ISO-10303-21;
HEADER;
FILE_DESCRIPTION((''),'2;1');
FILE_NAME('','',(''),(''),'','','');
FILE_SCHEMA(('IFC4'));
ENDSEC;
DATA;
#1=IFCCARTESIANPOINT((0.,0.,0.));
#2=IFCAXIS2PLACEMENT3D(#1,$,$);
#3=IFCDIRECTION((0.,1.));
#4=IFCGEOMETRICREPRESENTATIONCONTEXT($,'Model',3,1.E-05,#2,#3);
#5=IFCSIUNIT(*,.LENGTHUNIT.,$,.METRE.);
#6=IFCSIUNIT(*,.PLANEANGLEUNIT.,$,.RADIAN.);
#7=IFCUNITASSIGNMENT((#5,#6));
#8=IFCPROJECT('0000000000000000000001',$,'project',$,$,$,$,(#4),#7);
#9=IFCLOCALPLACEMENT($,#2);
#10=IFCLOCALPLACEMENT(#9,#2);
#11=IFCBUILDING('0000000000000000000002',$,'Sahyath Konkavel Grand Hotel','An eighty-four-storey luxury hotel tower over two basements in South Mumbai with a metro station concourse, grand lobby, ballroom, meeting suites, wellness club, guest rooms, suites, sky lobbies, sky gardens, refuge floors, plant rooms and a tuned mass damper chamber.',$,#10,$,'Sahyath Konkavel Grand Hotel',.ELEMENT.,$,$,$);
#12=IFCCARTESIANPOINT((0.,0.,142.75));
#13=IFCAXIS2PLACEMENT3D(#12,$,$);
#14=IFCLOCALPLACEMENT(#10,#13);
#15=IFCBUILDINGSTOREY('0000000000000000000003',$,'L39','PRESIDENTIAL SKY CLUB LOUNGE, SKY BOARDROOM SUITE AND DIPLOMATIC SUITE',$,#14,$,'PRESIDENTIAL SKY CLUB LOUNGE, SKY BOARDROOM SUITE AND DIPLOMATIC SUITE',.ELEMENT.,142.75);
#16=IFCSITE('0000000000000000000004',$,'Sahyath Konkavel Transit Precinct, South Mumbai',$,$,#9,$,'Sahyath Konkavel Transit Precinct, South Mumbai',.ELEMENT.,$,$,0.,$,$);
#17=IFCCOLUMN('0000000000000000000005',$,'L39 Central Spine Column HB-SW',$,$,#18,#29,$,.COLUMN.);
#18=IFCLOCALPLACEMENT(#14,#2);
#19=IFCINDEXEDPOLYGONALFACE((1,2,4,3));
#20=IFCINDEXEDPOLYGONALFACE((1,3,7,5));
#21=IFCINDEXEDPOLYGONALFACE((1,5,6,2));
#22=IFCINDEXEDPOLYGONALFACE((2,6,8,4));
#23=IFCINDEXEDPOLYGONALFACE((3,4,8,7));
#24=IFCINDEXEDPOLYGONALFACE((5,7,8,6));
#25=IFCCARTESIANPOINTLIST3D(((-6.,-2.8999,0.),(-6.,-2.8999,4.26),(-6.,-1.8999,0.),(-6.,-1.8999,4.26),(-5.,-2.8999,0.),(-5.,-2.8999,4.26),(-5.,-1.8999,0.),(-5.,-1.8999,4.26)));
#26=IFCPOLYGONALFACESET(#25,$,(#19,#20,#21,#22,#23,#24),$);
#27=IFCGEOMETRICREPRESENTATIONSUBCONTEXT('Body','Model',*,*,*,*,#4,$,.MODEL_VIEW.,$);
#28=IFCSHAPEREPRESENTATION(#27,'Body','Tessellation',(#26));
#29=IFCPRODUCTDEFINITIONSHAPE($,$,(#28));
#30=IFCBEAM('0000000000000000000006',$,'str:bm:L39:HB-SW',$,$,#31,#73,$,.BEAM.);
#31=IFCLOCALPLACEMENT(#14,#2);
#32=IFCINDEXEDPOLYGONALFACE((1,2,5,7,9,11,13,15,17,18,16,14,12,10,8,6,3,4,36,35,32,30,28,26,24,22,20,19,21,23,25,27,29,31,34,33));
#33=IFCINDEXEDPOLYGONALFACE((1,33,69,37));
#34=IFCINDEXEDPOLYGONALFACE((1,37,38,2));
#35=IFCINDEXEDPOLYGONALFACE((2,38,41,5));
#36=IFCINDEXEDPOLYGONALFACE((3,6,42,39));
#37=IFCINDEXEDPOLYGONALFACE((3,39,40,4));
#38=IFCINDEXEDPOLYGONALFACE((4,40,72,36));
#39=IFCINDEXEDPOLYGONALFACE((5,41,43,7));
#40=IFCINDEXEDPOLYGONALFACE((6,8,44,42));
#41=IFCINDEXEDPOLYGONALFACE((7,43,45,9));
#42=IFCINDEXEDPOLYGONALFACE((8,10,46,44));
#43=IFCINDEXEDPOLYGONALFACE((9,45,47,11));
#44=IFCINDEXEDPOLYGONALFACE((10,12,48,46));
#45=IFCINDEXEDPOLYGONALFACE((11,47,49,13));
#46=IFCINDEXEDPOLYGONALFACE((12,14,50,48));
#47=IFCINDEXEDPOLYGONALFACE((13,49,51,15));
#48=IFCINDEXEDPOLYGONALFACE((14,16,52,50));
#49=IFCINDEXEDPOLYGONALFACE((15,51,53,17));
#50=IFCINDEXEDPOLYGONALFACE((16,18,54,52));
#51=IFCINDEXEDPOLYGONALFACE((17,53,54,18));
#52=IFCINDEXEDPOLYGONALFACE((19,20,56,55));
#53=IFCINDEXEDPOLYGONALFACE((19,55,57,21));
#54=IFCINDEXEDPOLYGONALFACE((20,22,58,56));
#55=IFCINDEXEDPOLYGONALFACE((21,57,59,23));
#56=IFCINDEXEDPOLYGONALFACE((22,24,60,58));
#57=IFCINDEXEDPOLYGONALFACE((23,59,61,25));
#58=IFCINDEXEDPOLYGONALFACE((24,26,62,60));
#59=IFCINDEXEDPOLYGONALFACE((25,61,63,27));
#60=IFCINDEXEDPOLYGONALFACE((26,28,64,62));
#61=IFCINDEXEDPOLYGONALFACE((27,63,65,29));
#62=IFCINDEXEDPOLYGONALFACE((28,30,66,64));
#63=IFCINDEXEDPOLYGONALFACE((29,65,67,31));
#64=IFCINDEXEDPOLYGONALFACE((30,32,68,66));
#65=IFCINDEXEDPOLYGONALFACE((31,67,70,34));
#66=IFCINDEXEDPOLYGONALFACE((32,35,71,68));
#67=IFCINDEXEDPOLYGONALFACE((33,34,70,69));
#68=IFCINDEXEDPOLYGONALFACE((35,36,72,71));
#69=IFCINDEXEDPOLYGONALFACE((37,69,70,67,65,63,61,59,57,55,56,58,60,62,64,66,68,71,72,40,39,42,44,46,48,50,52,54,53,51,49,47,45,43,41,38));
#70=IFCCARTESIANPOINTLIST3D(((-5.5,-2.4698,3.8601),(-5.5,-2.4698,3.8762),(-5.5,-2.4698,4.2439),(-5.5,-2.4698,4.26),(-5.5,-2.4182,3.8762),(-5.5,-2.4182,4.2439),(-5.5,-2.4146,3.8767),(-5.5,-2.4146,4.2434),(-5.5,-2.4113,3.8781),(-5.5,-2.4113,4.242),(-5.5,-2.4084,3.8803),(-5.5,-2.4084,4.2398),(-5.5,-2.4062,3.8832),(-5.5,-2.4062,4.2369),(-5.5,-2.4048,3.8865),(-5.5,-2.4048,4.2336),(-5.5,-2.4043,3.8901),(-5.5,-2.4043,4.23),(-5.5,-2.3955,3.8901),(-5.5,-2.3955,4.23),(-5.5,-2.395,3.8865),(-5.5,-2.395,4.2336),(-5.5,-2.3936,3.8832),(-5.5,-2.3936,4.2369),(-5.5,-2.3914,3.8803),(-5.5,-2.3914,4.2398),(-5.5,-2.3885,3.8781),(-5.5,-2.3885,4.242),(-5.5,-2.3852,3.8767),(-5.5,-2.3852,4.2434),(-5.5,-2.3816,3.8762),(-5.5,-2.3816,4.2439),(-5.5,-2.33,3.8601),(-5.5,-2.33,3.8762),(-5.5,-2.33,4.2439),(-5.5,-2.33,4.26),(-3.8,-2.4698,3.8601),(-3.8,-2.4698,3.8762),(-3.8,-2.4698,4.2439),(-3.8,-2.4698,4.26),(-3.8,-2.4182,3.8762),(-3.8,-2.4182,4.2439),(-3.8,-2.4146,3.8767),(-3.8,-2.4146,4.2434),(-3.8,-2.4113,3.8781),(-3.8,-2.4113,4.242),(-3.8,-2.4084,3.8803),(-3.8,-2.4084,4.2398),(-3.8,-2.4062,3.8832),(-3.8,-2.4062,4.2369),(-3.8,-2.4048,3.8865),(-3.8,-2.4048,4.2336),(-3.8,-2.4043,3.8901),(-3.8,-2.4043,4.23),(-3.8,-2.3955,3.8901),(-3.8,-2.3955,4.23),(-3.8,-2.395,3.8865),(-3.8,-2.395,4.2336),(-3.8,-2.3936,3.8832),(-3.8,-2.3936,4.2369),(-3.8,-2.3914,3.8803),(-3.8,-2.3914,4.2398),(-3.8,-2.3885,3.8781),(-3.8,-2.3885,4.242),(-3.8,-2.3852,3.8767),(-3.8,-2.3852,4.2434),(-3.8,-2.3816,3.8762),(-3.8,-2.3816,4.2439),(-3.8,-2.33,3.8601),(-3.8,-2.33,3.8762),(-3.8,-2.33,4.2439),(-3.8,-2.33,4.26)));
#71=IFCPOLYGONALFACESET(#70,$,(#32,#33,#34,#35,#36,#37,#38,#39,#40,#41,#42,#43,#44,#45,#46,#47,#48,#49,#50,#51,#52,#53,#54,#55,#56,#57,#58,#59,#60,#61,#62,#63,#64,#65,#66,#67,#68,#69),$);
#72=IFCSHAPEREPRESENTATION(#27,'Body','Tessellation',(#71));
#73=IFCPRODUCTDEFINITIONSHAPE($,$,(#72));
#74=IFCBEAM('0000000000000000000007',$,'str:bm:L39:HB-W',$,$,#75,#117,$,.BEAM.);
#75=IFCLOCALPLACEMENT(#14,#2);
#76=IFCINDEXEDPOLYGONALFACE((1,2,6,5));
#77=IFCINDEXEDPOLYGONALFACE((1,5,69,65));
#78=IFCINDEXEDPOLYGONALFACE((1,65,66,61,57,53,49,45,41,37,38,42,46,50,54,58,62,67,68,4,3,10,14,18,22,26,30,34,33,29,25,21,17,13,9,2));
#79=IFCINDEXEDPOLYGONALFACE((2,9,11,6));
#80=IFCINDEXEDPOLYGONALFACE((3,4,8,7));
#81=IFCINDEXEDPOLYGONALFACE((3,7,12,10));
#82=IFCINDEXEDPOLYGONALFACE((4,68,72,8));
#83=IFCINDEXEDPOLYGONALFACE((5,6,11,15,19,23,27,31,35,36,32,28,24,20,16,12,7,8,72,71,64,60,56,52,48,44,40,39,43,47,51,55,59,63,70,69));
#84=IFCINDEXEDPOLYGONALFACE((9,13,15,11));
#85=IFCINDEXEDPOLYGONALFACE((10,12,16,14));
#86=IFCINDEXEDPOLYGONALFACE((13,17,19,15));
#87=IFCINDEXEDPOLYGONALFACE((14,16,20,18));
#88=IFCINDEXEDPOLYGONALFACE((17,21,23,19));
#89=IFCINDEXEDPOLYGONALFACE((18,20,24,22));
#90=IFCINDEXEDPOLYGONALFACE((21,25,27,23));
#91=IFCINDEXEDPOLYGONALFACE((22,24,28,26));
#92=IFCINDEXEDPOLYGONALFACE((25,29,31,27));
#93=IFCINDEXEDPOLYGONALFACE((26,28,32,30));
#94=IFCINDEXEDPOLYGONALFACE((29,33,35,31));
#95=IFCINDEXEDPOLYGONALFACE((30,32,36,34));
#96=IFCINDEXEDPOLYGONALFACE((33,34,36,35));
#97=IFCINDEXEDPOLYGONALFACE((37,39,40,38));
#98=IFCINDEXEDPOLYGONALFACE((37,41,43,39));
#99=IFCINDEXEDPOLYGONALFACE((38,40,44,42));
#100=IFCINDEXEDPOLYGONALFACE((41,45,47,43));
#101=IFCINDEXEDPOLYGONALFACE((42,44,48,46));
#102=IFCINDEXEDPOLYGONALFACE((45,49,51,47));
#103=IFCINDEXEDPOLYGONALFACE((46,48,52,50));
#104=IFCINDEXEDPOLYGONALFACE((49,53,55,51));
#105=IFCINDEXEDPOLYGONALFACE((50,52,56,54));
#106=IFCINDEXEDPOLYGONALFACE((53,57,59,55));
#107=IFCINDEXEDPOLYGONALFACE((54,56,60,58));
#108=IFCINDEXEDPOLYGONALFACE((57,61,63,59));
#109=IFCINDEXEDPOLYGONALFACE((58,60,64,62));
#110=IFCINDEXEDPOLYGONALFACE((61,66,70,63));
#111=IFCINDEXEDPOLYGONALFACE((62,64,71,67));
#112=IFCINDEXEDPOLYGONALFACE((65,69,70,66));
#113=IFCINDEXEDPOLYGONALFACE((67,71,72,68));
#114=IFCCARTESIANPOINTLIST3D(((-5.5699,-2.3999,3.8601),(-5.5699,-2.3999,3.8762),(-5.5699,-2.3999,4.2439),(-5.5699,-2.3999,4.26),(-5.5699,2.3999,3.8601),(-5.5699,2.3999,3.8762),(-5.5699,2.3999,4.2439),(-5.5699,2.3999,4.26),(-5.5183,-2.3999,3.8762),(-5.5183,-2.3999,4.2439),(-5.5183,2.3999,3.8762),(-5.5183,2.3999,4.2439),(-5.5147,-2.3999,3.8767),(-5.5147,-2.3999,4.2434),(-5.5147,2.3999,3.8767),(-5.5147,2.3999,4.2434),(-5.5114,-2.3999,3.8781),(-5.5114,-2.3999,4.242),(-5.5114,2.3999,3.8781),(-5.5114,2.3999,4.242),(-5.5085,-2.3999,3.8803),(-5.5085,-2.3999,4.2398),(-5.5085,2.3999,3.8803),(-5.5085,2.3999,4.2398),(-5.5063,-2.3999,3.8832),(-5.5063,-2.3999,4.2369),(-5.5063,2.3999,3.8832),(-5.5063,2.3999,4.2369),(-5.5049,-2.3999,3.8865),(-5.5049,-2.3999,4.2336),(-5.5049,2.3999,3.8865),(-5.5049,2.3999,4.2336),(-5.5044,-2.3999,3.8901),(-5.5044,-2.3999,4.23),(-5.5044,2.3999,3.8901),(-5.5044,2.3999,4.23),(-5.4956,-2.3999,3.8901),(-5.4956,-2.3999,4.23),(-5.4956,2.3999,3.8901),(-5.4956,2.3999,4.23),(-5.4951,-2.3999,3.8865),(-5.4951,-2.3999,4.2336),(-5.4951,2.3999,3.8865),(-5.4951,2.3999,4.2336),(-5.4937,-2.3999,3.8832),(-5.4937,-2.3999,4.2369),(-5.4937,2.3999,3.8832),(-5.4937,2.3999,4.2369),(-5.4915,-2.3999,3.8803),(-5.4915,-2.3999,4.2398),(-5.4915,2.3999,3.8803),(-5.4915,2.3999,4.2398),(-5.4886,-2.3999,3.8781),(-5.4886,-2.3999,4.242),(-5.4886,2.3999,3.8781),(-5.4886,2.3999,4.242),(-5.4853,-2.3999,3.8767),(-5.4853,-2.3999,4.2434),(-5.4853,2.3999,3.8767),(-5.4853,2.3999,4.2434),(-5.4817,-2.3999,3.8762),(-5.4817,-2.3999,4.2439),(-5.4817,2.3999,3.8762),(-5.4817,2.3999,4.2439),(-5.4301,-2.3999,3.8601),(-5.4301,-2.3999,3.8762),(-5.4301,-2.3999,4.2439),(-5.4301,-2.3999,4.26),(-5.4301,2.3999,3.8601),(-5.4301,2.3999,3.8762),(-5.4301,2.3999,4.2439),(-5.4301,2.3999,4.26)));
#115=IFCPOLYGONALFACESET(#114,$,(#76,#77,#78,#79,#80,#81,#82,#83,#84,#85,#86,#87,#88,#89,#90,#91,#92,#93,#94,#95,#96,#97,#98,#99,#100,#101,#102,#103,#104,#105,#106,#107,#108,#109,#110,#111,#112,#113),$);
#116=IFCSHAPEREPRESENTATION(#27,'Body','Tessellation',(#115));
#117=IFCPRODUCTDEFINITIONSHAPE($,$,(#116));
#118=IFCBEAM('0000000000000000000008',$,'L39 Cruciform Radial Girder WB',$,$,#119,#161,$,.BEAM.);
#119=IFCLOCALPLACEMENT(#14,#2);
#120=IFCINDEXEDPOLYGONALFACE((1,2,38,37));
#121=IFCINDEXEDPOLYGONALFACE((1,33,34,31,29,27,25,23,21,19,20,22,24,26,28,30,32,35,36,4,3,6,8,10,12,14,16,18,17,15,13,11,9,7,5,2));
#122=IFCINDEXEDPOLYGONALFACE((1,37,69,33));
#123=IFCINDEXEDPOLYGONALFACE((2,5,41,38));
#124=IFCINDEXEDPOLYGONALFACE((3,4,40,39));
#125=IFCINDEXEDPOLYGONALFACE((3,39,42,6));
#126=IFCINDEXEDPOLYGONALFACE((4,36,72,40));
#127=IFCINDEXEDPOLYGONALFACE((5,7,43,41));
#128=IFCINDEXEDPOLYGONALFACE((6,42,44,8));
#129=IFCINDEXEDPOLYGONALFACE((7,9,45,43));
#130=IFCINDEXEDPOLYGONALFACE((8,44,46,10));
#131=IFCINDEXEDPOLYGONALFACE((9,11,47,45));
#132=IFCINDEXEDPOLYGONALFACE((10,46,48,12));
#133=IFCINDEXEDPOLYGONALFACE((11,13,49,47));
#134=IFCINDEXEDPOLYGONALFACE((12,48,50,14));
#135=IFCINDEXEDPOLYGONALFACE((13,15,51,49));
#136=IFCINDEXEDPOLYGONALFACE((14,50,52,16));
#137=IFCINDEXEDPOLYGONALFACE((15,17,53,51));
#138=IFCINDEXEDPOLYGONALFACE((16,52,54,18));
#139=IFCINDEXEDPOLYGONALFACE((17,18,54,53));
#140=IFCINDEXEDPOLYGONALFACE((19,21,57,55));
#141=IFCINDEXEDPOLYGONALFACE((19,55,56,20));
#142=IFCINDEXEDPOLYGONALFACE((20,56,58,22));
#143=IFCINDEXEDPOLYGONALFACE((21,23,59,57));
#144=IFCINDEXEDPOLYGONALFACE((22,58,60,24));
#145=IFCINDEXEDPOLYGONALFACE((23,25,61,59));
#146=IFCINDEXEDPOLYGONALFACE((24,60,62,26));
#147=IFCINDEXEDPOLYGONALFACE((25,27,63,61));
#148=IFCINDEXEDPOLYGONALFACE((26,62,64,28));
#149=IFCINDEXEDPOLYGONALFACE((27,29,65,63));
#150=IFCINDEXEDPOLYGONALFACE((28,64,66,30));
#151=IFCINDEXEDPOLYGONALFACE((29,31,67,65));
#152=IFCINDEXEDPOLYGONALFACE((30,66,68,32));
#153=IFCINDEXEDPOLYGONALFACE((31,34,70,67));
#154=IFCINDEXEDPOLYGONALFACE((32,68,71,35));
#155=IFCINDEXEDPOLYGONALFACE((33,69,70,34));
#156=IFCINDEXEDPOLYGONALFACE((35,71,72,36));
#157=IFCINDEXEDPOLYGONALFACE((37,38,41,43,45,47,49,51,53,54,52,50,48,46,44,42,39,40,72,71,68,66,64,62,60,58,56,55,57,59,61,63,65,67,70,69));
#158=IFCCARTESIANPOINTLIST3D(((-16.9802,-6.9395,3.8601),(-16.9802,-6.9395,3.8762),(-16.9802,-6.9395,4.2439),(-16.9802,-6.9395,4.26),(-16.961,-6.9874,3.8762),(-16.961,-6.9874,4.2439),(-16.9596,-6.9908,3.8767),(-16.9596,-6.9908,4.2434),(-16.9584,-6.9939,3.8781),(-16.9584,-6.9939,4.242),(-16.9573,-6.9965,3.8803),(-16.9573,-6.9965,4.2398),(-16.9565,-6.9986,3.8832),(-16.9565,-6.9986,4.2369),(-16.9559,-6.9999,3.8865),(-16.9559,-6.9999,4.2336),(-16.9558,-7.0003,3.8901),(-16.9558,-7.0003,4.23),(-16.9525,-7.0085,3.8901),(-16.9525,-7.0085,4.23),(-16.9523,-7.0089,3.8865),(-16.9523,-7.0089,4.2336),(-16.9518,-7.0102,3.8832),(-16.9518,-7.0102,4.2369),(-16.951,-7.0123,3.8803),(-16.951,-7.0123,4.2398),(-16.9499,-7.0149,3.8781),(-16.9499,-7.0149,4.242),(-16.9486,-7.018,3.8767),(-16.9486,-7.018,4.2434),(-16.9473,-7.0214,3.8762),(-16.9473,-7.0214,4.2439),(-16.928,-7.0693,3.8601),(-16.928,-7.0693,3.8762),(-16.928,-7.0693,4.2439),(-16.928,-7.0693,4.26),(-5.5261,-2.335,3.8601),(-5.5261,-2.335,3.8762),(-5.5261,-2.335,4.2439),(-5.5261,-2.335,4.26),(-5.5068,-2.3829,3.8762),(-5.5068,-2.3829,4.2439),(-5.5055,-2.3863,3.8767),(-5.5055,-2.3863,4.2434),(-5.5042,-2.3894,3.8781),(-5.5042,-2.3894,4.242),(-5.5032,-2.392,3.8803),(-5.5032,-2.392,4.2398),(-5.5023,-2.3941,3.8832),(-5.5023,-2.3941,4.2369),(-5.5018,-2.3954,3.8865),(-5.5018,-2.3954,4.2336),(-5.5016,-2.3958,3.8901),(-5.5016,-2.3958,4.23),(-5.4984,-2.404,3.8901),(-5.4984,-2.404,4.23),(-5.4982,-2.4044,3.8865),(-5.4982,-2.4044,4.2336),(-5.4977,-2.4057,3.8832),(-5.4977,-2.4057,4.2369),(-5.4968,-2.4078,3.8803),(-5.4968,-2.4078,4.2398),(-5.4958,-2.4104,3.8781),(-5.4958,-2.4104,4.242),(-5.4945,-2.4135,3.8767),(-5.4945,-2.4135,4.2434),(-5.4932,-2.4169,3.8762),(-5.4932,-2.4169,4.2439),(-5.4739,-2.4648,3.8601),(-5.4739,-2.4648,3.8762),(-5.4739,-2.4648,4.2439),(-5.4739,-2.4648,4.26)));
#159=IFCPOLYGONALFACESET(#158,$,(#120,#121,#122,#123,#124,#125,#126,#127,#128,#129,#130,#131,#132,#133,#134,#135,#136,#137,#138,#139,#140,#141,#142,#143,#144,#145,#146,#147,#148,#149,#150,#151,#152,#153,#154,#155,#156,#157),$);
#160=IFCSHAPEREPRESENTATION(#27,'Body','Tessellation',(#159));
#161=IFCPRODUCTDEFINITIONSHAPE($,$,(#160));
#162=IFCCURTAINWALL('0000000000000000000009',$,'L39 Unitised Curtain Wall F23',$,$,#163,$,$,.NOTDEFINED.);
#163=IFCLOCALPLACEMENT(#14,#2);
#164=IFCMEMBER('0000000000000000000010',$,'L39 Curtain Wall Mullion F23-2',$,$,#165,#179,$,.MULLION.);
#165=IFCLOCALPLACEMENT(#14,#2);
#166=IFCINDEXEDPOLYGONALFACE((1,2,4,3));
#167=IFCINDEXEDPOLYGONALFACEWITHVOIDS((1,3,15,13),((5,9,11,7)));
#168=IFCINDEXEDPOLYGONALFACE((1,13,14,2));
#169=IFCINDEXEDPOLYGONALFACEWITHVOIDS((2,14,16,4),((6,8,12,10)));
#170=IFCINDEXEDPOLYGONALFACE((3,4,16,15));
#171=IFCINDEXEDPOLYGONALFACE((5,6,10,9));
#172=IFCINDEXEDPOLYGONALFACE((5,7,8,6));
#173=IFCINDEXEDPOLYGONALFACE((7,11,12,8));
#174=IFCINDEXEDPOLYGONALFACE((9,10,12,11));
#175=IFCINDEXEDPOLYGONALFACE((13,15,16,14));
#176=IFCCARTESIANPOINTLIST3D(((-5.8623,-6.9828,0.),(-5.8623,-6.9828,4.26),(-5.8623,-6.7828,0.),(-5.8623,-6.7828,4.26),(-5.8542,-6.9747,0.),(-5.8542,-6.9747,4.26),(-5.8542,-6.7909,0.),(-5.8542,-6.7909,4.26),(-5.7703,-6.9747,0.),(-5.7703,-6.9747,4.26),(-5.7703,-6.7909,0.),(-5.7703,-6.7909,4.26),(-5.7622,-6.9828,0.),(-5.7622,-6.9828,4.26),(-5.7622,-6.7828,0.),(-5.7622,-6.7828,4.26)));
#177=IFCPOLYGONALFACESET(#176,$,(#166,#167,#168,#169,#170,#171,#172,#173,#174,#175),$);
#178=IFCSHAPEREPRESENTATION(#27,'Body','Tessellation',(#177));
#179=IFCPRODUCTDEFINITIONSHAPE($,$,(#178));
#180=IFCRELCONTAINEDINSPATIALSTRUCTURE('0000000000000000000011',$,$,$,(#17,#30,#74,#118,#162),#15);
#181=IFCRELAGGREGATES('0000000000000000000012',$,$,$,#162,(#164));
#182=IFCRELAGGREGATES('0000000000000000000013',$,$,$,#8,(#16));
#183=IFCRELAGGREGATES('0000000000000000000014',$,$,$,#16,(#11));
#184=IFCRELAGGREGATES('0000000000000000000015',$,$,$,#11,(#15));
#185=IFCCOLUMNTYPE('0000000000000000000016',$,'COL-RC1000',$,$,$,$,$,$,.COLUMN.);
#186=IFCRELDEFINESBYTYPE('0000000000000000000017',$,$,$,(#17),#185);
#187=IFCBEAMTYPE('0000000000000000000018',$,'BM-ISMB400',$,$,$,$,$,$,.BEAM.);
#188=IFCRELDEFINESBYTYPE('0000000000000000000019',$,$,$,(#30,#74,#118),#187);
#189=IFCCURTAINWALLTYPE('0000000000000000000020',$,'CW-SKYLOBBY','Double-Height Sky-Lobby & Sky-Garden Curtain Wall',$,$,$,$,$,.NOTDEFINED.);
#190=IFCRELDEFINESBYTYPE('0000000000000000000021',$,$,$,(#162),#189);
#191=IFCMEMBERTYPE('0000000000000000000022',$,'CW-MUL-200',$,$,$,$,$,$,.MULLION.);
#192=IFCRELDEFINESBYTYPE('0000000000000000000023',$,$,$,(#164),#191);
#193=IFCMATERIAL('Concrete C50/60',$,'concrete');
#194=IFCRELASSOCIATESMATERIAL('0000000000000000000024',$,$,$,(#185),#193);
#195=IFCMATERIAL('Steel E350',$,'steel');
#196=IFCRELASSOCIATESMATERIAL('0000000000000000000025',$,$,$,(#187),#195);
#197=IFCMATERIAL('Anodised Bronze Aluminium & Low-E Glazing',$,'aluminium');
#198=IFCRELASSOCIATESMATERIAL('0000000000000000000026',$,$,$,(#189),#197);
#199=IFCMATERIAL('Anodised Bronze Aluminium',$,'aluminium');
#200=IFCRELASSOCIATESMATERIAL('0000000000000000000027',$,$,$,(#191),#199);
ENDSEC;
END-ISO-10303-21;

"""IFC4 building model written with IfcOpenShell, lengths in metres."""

from ifc_helpers import new_model, si_unit, direction, frame, origin, origin_2d, place, context, subcontext, project, spatial, rectangle, hollow_rectangle, i_section, extrude, source, transform, mapped, material, material_profile, profile_set, type_object, element, aggregate, save


model = new_model("IFC4")

# Units and contexts
model_context = context("Model", 3, precision=1e-05, world=origin(), true_north=direction((0.0, 1.0)))
body_context = subcontext(model_context, "Body", "Model", "MODEL_VIEW")
ifc_project = project(units=[si_unit("LENGTHUNIT", "METRE"), si_unit("PLANEANGLEUNIT", "RADIAN")], contexts=[model_context])

# Site, building, storey
site_placement = place(None, origin())
site = spatial("IfcSite", under=ifc_project, at=site_placement, Name="Sahyath Konkavel Transit Precinct, South Mumbai", LongName="Sahyath Konkavel Transit Precinct, South Mumbai", CompositionType="ELEMENT", RefElevation=0.0)
building_placement = place(site_placement, origin())
building = spatial("IfcBuilding", under=site, at=building_placement, Name="Sahyath Konkavel Grand Hotel", Description="An eighty-four-storey luxury hotel tower over two basements in South Mumbai with a metro station concourse, grand lobby, ballroom, meeting suites, wellness club, guest rooms, suites, sky lobbies, sky gardens, refuge floors, plant rooms and a tuned mass damper chamber.", LongName="Sahyath Konkavel Grand Hotel", CompositionType="ELEMENT")
storey_placement = place(building_placement, frame((0.0, 0.0, 142.75)))
storey = spatial("IfcBuildingStorey", under=building, at=storey_placement, Name="L39", Description="PRESIDENTIAL SKY CLUB LOUNGE, SKY BOARDROOM SUITE AND DIPLOMATIC SUITE", LongName="PRESIDENTIAL SKY CLUB LOUNGE, SKY BOARDROOM SUITE AND DIPLOMATIC SUITE", CompositionType="ELEMENT", Elevation=142.75)

# Column
ifc_material_1 = material(Name="Concrete C50/60", Category="concrete")
ifc_material_profile_1 = material_profile(ifc_material_1, rectangle(XDim=1.0, YDim=1.0, at=origin_2d()), Name="RC 1000x1000")
ifc_profile_set_1 = profile_set([ifc_material_profile_1], Name="Concrete C50/60")
column_type = type_object("IfcColumnType", Name="COL-RC1000", PredefinedType="COLUMN", material=ifc_profile_set_1)
shared_shape_1 = source(origin(), body_context, "Body", "SweptSolid", [
    extrude(rectangle(XDim=1.0, YDim=1.0, at=origin_2d()), origin(), (0.0, 0.0, 1.0), 4.26),
])
column_placement = place(storey_placement, frame((-5.5, -2.3999, 0.0), z_axis=(0.0, 0.0, 1.0), x_axis=(1.0, 0.0, 0.0)))
element("IfcColumn", 1, at=column_placement, inside=storey, type_object=column_type, Name="L39 Central Spine Column HB-SW", PredefinedType="COLUMN", context=body_context, shape_type="MappedRepresentation", body=[
    mapped(shared_shape_1, transform((0.0, 0.0, 0.0), scale=1.0)),
])

# Beams
ifc_material_2 = material(Name="Steel E350", Category="steel")
ifc_material_profile_2 = material_profile(ifc_material_2, i_section(OverallWidth=0.1399, OverallDepth=0.3999, WebThickness=0.0088, FlangeThickness=0.0161, FilletRadius=0.0139, at=origin_2d()), Name="ISMB 400")
ifc_profile_set_2 = profile_set([ifc_material_profile_2], Name="Steel E350")
beam_type_1 = type_object("IfcBeamType", Name="BM-ISMB400", PredefinedType="BEAM", material=ifc_profile_set_2)
shared_shape_2 = source(origin(), body_context, "Body", "SweptSolid", [
    extrude(i_section(OverallWidth=0.1399, OverallDepth=0.3999, WebThickness=0.0088, FlangeThickness=0.0161, FilletRadius=0.0139, at=origin_2d()), origin(), (0.0, 0.0, 1.0), 1.7),
])
beam_1_placement = place(storey_placement, frame((-5.5, -2.3999, 4.0601), z_axis=(1.0, 0.0, 0.0), x_axis=(0.0, 1.0, 0.0)))
element("IfcBeam", 2, at=beam_1_placement, inside=storey, type_object=beam_type_1, Name="str:bm:L39:HB-SW", PredefinedType="BEAM", context=body_context, shape_type="MappedRepresentation", body=[
    mapped(shared_shape_2, transform((0.0, 0.0, 0.0), scale=1.0)),
])
shared_shape_3 = source(origin(), body_context, "Body", "SweptSolid", [
    extrude(i_section(OverallWidth=0.1399, OverallDepth=0.3999, WebThickness=0.0088, FlangeThickness=0.0161, FilletRadius=0.0139, at=origin_2d()), origin(), (0.0, 0.0, 1.0), 4.7998),
])
beam_2_placement = place(storey_placement, frame((-5.5, -2.3999, 4.0601), z_axis=(0.0, 1.0, 0.0), x_axis=(-1.0, 0.0, 0.0)))
element("IfcBeam", 3, at=beam_2_placement, inside=storey, type_object=beam_type_1, Name="str:bm:L39:HB-W", PredefinedType="BEAM", context=body_context, shape_type="MappedRepresentation", body=[
    mapped(shared_shape_3, transform((0.0, 0.0, 0.0), scale=1.0)),
])
shared_shape_4 = source(origin(), body_context, "Body", "SweptSolid", [
    extrude(i_section(OverallWidth=0.1399, OverallDepth=0.3999, WebThickness=0.0088, FlangeThickness=0.0161, FilletRadius=0.0139, at=origin_2d()), origin(), (0.0, 0.0, 1.0), 12.345),
])
beam_3_placement = place(storey_placement, frame((-5.5, -2.3999, 4.0601), z_axis=(-0.927837, -0.372986, 0.0), x_axis=(0.372986, -0.927837, 0.0)))
element("IfcBeam", 4, at=beam_3_placement, inside=storey, type_object=beam_type_1, Name="L39 Cruciform Radial Girder WB", PredefinedType="BEAM", context=body_context, shape_type="MappedRepresentation", body=[
    mapped(shared_shape_4, transform((0.0, 0.0, 0.0), scale=1.0)),
])

# Curtain wall, member
ifc_material_3 = material(Name="Anodised Bronze Aluminium & Low-E Glazing", Category="aluminium")
curtain_wall_type = type_object("IfcCurtainWallType", Name="CW-SKYLOBBY", Description="Double-Height Sky-Lobby & Sky-Garden Curtain Wall", PredefinedType="NOTDEFINED", material=ifc_material_3)
curtain_wall_1_placement = place(storey_placement, origin())
curtain_wall_1 = element("IfcCurtainWall", 5, at=curtain_wall_1_placement, inside=storey, type_object=curtain_wall_type, Name="L39 Unitised Curtain Wall F23", PredefinedType="NOTDEFINED")
ifc_material_4 = material(Name="Anodised Bronze Aluminium", Category="aluminium")
ifc_material_profile_3 = material_profile(ifc_material_4, hollow_rectangle(XDim=0.1001, YDim=0.2, WallThickness=0.0081, at=origin_2d()), Name="RHS 200x100x8")
ifc_profile_set_3 = profile_set([ifc_material_profile_3], Name="Anodised Bronze Aluminium")
member_type_1 = type_object("IfcMemberType", Name="CW-MUL-200", PredefinedType="MULLION", material=ifc_profile_set_3)
shared_shape_5 = source(origin(), body_context, "Body", "SweptSolid", [
    extrude(hollow_rectangle(XDim=0.1001, YDim=0.2, WallThickness=0.0081, at=origin_2d()), origin(), (0.0, 0.0, 1.0), 4.26),
])
member_1_placement = place(storey_placement, frame((-5.8123, -6.8828, 0.0), z_axis=(0.0, 0.0, 1.0), x_axis=(1.0, 0.0, 0.0)))
member_1 = element("IfcMember", 6, at=member_1_placement, type_object=member_type_1, Name="L39 Curtain Wall Mullion F23-2", PredefinedType="MULLION", context=body_context, shape_type="MappedRepresentation", body=[
    mapped(shared_shape_5, transform((0.0, 0.0, 0.0), scale=1.0)),
])

aggregate(curtain_wall_1, [member_1])

save(model, "model.ifc")
